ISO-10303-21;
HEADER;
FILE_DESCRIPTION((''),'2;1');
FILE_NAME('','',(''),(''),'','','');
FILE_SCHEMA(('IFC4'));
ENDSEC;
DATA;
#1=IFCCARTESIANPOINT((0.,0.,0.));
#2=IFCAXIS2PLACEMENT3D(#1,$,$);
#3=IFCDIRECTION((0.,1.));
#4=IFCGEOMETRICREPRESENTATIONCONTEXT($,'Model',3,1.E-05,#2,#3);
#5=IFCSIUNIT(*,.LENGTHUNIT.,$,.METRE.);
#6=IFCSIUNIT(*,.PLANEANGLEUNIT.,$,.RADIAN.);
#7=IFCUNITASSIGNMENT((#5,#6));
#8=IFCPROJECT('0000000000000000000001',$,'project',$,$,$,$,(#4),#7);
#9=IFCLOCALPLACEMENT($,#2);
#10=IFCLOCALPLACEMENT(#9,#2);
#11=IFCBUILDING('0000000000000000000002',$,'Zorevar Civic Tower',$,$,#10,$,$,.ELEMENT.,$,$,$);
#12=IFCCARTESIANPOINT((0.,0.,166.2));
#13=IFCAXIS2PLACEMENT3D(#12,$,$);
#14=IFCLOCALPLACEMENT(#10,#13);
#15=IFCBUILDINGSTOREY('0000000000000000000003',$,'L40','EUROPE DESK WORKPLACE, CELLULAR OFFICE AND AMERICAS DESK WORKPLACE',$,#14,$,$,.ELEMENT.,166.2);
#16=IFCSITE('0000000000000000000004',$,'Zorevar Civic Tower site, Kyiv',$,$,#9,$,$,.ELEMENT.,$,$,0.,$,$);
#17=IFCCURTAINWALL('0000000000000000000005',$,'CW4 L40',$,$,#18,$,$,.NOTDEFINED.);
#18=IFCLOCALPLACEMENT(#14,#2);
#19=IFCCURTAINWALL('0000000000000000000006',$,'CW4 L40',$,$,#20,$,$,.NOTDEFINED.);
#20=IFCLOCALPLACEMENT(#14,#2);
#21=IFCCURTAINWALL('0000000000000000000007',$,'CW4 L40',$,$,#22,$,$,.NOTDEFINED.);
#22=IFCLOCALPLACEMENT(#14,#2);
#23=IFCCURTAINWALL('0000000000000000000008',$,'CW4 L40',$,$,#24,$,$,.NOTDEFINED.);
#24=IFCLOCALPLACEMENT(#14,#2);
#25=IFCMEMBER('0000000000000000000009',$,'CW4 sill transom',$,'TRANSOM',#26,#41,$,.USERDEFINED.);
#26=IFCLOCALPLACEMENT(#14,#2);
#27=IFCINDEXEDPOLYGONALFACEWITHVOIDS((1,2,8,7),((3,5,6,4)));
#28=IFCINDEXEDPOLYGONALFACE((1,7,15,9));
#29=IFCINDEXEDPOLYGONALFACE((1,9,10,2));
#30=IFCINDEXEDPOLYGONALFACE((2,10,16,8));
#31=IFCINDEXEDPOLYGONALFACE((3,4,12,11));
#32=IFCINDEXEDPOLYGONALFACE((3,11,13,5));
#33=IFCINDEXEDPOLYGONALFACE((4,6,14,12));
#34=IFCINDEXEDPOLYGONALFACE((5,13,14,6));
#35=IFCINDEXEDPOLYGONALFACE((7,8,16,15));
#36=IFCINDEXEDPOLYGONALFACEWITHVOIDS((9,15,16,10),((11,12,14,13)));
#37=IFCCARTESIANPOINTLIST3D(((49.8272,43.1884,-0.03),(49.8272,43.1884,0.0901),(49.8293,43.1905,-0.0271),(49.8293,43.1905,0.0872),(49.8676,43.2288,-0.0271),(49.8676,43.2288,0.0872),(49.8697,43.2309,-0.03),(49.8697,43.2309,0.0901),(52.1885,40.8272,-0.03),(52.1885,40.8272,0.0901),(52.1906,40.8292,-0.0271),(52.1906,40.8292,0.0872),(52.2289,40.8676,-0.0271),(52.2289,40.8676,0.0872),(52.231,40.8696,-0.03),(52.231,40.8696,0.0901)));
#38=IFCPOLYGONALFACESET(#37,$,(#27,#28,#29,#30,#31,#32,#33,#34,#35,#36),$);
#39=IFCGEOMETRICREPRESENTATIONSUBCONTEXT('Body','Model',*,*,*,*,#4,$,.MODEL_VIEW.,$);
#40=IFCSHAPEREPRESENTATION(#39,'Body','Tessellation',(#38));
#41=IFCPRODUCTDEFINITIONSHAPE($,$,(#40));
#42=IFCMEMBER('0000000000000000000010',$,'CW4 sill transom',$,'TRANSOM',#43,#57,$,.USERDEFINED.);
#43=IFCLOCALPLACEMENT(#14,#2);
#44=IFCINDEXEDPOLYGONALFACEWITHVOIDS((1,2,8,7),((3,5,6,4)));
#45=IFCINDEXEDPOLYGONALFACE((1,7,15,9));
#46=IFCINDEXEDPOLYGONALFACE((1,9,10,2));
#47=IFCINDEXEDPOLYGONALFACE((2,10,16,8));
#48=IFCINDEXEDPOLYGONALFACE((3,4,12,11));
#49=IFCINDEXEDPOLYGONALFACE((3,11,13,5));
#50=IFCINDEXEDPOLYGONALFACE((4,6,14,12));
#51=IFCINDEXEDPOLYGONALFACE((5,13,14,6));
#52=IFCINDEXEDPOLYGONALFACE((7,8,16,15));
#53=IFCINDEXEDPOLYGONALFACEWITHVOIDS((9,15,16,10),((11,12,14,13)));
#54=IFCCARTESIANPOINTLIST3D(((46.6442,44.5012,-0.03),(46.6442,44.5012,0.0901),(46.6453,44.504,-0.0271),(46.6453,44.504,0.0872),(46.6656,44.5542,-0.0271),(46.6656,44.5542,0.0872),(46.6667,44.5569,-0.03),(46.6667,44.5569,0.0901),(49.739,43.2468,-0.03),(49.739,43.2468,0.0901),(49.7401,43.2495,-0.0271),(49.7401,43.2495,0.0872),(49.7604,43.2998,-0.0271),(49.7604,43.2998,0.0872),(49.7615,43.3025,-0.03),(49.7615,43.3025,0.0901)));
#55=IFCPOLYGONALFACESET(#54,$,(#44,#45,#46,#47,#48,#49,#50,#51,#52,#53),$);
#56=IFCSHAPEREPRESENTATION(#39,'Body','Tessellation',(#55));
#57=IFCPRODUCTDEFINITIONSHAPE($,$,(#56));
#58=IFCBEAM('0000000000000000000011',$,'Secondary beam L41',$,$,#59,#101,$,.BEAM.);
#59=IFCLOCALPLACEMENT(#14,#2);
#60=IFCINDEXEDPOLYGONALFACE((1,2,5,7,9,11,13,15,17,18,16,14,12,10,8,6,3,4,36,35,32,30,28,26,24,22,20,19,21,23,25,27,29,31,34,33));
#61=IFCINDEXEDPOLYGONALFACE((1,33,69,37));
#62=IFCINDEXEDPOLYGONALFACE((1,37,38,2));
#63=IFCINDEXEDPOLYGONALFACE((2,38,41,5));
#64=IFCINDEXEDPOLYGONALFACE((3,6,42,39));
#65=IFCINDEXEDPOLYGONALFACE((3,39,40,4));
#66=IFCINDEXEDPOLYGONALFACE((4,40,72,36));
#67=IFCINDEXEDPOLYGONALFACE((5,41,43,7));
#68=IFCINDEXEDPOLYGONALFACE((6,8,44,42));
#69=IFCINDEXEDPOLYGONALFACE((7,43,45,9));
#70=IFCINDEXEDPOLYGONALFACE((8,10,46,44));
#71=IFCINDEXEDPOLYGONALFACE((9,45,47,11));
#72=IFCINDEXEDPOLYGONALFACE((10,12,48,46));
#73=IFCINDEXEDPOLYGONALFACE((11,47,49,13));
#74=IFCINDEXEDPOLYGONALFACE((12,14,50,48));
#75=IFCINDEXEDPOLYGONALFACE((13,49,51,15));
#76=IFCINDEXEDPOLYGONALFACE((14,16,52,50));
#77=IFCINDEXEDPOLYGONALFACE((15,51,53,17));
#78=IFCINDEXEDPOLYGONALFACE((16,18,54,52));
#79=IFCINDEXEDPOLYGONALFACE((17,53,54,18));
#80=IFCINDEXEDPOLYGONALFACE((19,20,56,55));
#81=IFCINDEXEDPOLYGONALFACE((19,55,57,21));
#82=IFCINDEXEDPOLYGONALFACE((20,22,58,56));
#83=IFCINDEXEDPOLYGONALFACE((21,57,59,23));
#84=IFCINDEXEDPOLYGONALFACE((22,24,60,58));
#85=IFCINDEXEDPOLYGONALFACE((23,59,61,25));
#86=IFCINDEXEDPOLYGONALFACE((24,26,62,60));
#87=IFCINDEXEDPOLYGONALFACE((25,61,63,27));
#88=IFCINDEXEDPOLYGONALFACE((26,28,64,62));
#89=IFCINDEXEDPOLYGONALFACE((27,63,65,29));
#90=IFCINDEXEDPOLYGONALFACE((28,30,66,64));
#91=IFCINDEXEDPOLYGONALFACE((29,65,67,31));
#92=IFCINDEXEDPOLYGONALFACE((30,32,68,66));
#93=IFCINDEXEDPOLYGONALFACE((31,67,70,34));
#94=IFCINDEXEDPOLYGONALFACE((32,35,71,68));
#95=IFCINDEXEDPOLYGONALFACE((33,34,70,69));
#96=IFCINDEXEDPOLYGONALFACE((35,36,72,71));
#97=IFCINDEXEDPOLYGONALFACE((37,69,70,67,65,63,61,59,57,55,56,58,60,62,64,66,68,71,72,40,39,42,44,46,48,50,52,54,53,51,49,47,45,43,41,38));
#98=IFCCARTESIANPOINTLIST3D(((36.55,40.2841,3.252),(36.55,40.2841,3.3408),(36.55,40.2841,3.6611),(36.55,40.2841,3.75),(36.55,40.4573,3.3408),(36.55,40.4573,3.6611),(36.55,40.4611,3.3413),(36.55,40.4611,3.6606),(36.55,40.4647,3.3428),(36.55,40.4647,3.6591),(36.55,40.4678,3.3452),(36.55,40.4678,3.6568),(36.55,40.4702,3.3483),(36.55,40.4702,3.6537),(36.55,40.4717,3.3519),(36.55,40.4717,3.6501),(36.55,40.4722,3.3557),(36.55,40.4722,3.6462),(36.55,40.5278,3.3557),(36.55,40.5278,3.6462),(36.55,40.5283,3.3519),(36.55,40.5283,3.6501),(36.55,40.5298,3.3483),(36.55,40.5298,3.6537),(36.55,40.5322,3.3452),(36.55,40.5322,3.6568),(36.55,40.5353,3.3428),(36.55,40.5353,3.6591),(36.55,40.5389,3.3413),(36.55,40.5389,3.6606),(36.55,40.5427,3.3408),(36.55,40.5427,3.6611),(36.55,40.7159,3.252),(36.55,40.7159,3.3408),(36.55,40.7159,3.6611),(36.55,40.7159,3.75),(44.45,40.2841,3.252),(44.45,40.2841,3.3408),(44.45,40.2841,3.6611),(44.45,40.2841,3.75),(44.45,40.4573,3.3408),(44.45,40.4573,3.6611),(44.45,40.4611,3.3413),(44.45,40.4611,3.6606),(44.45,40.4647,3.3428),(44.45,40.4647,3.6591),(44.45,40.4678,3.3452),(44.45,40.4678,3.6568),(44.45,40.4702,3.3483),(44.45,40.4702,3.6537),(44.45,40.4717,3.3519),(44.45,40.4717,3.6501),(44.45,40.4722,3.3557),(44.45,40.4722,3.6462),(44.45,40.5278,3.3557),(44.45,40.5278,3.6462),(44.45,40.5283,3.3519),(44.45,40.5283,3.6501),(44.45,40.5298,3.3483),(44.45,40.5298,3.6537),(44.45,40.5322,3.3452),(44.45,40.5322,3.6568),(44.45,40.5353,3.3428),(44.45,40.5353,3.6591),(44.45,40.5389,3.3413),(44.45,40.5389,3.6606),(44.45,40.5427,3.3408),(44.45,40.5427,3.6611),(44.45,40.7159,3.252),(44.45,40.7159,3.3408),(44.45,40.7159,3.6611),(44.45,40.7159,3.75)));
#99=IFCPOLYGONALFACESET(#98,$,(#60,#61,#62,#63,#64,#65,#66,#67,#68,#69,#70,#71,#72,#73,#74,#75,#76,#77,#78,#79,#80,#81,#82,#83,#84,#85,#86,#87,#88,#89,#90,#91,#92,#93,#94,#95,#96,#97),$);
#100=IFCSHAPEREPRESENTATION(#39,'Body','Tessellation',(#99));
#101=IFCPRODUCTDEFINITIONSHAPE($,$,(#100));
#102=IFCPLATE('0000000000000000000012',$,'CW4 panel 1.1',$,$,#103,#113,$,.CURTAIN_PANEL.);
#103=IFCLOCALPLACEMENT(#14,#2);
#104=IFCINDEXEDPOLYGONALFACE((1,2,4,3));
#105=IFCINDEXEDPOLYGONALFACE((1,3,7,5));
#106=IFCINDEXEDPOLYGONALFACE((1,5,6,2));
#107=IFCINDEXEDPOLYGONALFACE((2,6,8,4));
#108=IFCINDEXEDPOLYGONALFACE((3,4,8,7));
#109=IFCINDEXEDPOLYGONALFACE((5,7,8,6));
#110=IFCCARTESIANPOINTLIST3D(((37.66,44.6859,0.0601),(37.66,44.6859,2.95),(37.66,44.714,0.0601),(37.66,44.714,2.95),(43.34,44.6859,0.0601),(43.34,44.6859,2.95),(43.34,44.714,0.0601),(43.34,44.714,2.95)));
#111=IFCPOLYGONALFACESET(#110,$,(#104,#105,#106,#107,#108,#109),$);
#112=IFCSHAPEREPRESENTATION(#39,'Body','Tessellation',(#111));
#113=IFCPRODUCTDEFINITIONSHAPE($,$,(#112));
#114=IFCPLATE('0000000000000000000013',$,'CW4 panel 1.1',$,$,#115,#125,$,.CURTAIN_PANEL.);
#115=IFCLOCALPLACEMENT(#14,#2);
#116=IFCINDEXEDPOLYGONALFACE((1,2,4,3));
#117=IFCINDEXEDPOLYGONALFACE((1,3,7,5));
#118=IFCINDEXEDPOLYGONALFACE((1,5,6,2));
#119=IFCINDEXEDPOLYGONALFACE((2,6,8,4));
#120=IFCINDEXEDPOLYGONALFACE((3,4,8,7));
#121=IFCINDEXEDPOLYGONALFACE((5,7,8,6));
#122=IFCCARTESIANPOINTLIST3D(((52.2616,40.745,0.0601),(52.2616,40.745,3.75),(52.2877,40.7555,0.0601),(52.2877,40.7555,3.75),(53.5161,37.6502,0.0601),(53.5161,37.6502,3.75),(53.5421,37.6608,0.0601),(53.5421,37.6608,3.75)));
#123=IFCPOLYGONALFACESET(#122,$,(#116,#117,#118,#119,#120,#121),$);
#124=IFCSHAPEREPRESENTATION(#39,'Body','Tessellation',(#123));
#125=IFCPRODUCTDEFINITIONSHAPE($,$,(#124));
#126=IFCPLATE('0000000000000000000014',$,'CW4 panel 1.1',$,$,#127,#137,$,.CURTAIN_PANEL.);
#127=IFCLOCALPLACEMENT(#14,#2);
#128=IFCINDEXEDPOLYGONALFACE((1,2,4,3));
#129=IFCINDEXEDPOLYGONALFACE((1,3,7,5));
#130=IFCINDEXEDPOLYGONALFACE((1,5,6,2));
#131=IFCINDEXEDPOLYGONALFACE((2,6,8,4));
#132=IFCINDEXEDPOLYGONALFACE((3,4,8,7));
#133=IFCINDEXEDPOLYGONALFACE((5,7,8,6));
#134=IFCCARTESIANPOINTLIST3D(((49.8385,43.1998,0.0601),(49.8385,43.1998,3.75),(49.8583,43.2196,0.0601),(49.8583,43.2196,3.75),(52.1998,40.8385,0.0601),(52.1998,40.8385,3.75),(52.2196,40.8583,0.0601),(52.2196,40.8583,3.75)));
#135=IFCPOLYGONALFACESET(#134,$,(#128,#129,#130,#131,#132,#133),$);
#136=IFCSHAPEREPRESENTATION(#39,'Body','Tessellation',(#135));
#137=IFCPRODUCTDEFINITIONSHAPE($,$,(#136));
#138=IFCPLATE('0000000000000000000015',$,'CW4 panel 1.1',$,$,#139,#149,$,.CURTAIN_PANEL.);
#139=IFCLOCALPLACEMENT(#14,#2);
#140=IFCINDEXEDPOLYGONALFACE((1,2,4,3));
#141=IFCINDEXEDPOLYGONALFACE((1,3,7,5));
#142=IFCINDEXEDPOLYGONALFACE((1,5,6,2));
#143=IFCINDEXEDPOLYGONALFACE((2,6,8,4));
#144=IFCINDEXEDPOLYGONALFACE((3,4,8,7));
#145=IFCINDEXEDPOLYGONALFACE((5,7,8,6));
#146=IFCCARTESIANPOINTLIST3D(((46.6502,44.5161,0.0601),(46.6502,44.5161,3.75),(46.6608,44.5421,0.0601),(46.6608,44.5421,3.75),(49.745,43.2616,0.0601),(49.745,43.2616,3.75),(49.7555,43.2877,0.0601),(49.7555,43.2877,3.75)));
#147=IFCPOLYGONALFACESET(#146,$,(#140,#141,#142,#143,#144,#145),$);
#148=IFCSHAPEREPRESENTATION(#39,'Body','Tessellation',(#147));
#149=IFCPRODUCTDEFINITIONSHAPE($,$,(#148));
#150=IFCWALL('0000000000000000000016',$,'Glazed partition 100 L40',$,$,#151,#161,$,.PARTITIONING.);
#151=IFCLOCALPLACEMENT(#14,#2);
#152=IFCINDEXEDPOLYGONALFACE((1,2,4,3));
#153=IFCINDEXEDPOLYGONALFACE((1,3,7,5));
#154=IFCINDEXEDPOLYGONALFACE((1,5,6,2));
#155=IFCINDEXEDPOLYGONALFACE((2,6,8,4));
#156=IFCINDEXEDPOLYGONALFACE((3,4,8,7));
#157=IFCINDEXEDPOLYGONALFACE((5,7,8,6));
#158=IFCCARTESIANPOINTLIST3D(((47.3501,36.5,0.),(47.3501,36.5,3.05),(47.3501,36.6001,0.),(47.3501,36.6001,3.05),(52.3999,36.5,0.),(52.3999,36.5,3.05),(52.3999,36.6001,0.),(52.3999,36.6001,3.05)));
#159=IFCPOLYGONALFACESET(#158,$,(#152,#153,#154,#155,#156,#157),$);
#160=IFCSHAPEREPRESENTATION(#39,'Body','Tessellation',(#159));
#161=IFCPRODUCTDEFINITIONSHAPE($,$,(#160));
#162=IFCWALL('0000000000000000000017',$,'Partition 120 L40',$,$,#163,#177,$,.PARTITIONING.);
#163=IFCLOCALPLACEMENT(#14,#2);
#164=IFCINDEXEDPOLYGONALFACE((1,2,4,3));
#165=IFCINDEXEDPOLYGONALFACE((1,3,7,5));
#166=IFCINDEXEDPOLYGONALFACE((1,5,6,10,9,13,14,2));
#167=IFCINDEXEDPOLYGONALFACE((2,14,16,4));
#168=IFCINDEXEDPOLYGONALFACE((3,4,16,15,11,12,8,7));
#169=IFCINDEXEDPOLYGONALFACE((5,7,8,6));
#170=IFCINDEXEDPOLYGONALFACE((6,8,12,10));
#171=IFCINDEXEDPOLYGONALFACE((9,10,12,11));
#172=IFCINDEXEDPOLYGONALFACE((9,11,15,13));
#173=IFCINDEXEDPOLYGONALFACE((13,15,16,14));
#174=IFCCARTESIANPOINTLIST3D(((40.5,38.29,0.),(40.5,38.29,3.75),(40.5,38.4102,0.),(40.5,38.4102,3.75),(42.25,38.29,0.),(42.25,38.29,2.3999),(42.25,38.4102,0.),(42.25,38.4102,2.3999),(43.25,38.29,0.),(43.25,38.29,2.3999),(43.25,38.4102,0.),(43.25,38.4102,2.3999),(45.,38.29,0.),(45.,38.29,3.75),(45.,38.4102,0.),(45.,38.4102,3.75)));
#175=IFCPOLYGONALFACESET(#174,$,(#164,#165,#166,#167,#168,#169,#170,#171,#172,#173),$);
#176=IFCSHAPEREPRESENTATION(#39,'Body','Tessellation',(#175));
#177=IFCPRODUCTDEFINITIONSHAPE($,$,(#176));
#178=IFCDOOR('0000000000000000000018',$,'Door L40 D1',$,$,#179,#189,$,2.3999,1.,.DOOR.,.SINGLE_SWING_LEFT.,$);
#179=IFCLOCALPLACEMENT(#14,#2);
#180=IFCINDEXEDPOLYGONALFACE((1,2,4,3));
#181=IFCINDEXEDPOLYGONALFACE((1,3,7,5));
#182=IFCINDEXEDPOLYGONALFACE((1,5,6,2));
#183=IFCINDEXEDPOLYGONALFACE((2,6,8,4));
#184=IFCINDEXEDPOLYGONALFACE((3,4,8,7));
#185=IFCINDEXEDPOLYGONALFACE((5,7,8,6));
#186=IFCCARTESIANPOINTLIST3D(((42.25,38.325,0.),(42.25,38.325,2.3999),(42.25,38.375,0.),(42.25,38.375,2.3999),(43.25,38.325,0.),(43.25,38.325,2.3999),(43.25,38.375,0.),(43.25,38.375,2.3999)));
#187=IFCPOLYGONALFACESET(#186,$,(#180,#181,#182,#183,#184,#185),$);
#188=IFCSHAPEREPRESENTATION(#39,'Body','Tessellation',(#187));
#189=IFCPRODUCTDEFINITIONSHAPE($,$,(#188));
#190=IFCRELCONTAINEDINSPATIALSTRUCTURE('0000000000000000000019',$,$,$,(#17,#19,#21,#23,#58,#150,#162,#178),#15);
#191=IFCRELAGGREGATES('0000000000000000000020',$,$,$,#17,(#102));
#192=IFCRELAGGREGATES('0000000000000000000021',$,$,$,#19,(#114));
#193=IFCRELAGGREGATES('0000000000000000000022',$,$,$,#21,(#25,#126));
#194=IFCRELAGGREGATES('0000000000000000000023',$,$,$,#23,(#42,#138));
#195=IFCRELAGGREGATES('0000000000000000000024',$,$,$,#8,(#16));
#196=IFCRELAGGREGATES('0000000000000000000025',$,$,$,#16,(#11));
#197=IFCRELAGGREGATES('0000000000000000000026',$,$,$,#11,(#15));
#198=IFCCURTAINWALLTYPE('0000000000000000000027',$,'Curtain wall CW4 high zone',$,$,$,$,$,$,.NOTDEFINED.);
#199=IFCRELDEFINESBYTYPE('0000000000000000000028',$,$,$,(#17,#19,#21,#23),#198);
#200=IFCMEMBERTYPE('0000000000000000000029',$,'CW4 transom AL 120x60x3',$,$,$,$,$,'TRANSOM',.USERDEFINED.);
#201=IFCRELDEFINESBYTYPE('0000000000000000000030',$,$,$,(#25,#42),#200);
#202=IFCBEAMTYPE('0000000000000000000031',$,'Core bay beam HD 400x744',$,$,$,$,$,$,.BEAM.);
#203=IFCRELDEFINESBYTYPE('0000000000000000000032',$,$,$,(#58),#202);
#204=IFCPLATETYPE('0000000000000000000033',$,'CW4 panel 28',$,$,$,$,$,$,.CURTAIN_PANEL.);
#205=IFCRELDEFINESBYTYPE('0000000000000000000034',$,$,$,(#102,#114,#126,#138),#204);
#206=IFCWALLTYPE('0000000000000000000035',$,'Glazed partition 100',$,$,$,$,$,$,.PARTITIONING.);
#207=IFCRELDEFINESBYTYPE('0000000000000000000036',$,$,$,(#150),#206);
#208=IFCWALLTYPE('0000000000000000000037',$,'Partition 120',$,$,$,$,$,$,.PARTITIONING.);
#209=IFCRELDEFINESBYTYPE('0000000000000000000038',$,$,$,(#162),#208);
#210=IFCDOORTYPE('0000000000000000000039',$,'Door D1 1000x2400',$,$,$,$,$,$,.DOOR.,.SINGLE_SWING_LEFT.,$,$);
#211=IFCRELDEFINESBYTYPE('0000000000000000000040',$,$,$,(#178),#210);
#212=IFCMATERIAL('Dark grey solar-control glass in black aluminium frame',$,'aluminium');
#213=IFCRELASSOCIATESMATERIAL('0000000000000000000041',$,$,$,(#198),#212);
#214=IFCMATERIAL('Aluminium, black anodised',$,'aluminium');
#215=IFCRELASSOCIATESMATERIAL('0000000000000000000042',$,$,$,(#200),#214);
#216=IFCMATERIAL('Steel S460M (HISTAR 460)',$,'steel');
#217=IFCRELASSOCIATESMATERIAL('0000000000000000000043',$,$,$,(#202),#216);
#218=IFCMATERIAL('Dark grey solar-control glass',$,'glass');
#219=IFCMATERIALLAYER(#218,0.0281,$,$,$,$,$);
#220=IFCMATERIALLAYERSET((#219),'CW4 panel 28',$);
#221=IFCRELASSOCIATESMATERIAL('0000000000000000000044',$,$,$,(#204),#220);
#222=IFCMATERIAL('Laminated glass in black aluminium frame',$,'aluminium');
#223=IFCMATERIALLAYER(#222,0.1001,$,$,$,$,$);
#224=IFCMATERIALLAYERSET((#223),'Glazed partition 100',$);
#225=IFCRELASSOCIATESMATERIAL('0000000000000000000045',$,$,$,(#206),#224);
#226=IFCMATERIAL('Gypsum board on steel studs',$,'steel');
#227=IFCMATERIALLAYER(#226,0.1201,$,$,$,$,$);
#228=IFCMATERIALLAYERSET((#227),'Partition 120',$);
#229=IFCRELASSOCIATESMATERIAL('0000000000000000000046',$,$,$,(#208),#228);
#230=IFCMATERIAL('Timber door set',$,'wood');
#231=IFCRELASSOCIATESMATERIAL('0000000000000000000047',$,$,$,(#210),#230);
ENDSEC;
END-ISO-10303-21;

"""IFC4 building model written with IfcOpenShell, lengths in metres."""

from ifc_helpers import new_model, si_unit, direction, frame, frame_2d, origin, origin_2d, place, context, subcontext, project, spatial, rectangle, hollow_rectangle, i_section, extrude, material, layer, layer_set, material_profile, profile_set, type_object, element, fill, aggregate, save


model = new_model("IFC4")

# Units and contexts
model_context = context("Model", 3, precision=1e-05, world=origin(), true_north=direction((0.0, 1.0)))
body_context = subcontext(model_context, "Body", "Model", "MODEL_VIEW")
ifc_project = project(units=[si_unit("LENGTHUNIT", "METRE"), si_unit("PLANEANGLEUNIT", "RADIAN")], contexts=[model_context])

# Site, building, storey
site_placement = place(None, origin())
site = spatial("IfcSite", under=ifc_project, at=site_placement, Name="Zorevar Civic Tower site, Kyiv", CompositionType="ELEMENT", RefElevation=0.0)
building_placement = place(site_placement, origin())
building = spatial("IfcBuilding", under=site, at=building_placement, Name="Zorevar Civic Tower", CompositionType="ELEMENT")
storey_placement = place(building_placement, frame((0.0, 0.0, 166.2)))
storey = spatial("IfcBuildingStorey", under=building, at=storey_placement, Name="L40", Description="EUROPE DESK WORKPLACE, CELLULAR OFFICE AND AMERICAS DESK WORKPLACE", CompositionType="ELEMENT", Elevation=166.2)

# Curtain walls
ifc_material_1 = material(Name="Dark grey solar-control glass in black aluminium frame", Category="aluminium")
curtain_wall_type = type_object("IfcCurtainWallType", Name="Curtain wall CW4 high zone", PredefinedType="NOTDEFINED", material=ifc_material_1)
curtain_wall_1_placement = place(storey_placement, origin())
curtain_wall_1 = element("IfcCurtainWall", 1, at=curtain_wall_1_placement, inside=storey, type_object=curtain_wall_type, Name="CW4 L40", PredefinedType="NOTDEFINED")
curtain_wall_2_placement = place(storey_placement, origin())
curtain_wall_2 = element("IfcCurtainWall", 2, at=curtain_wall_2_placement, inside=storey, type_object=curtain_wall_type, Name="CW4 L40", PredefinedType="NOTDEFINED")
curtain_wall_3_placement = place(storey_placement, origin())
curtain_wall_3 = element("IfcCurtainWall", 3, at=curtain_wall_3_placement, inside=storey, type_object=curtain_wall_type, Name="CW4 L40", PredefinedType="NOTDEFINED")
curtain_wall_4_placement = place(storey_placement, origin())
curtain_wall_4 = element("IfcCurtainWall", 4, at=curtain_wall_4_placement, inside=storey, type_object=curtain_wall_type, Name="CW4 L40", PredefinedType="NOTDEFINED")

# Members
ifc_material_2 = material(Name="Aluminium, black anodised", Category="aluminium")
ifc_material_profile_1 = material_profile(ifc_material_2, hollow_rectangle(XDim=0.0601, YDim=0.1201, WallThickness=0.0029, at=origin_2d()), Name="AL 120x60x3")
ifc_profile_set_1 = profile_set([ifc_material_profile_1], Name="Aluminium, black anodised")
member_type_1 = type_object("IfcMemberType", Name="CW4 transom AL 120x60x3", ElementType="TRANSOM", PredefinedType="USERDEFINED", material=ifc_profile_set_1)
member_1_placement = place(storey_placement, frame((52.2097, 40.8484, 0.03), z_axis=(-0.707107, 0.707107, 0.0), x_axis=(-0.707107, -0.707107, 0.0)))
member_1 = element("IfcMember", 5, at=member_1_placement, type_object=member_type_1, Name="CW4 sill transom", ObjectType="TRANSOM", PredefinedType="USERDEFINED", context=body_context, shape_type="SweptSolid", body=[
    extrude(hollow_rectangle(XDim=0.0601, YDim=0.1201, WallThickness=0.0029, at=origin_2d()), origin(), (0.0, 0.0, 1.0), 3.3394),
])
member_2_placement = place(storey_placement, frame((49.7502, 43.2747, 0.03), z_axis=(-0.926763, 0.375647, 0.0), x_axis=(-0.375647, -0.926763, 0.0)))
member_2 = element("IfcMember", 6, at=member_2_placement, type_object=member_type_1, Name="CW4 sill transom", ObjectType="TRANSOM", PredefinedType="USERDEFINED", context=body_context, shape_type="SweptSolid", body=[
    extrude(hollow_rectangle(XDim=0.0601, YDim=0.1201, WallThickness=0.0029, at=origin_2d()), origin(), (0.0, 0.0, 1.0), 3.3394),
])

# Beam
ifc_material_3 = material(Name="Steel S460M (HISTAR 460)", Category="steel")
ifc_material_profile_2 = material_profile(ifc_material_3, i_section(OverallWidth=0.4319, OverallDepth=0.498, WebThickness=0.0557, FlangeThickness=0.0889, FilletRadius=0.0149, at=origin_2d()), Name="HD 400x744")
ifc_profile_set_2 = profile_set([ifc_material_profile_2], Name="Steel S460M (HISTAR 460)")
beam_type = type_object("IfcBeamType", Name="Core bay beam HD 400x744", PredefinedType="BEAM", material=ifc_profile_set_2)
beam_placement = place(storey_placement, frame((36.55, 40.5, 3.501), z_axis=(1.0, 0.0, 0.0), x_axis=(0.0, 1.0, 0.0)))
element("IfcBeam", 7, at=beam_placement, inside=storey, type_object=beam_type, Name="Secondary beam L41", PredefinedType="BEAM", context=body_context, shape_type="SweptSolid", body=[
    extrude(i_section(OverallWidth=0.4319, OverallDepth=0.498, WebThickness=0.0557, FlangeThickness=0.0889, FilletRadius=0.0149, at=origin_2d()), origin(), (0.0, 0.0, 1.0), 7.8999),
])

# Plates
ifc_material_4 = material(Name="Dark grey solar-control glass", Category="glass")
ifc_layer_1 = layer(ifc_material_4, 0.0281)
ifc_layer_set_1 = layer_set([ifc_layer_1], Name="CW4 panel 28")
plate_type = type_object("IfcPlateType", Name="CW4 panel 28", PredefinedType="CURTAIN_PANEL", material=ifc_layer_set_1)
plate_1_placement = place(storey_placement, frame((40.5, 44.7, 0.0601), z_axis=(0.0, 0.0, 1.0), x_axis=(1.0, 0.0, 0.0)))
plate_1 = element("IfcPlate", 8, at=plate_1_placement, type_object=plate_type, Name="CW4 panel 1.1", PredefinedType="CURTAIN_PANEL", context=body_context, shape_type="SweptSolid", body=[
    extrude(rectangle(XDim=5.6799, YDim=0.0281, at=origin_2d()), origin(), (0.0, 0.0, 1.0), 2.8899),
])
aggregate(curtain_wall_1, [plate_1])
plate_2_placement = place(storey_placement, frame((52.9019, 39.2029, 0.0601), z_axis=(0.0, 0.0, 1.0), x_axis=(-0.37565, 0.926762, 0.0)))
plate_2 = element("IfcPlate", 9, at=plate_2_placement, type_object=plate_type, Name="CW4 panel 1.1", PredefinedType="CURTAIN_PANEL", context=body_context, shape_type="SweptSolid", body=[
    extrude(rectangle(XDim=3.3394, YDim=0.0281, at=origin_2d()), origin(), (0.0, 0.0, 1.0), 3.6899),
])
aggregate(curtain_wall_2, [plate_2])
plate_3_placement = place(storey_placement, frame((51.0291, 42.0291, 0.0601), z_axis=(0.0, 0.0, 1.0), x_axis=(-0.707107, 0.707107, 0.0)))
plate_3 = element("IfcPlate", 10, at=plate_3_placement, type_object=plate_type, Name="CW4 panel 1.1", PredefinedType="CURTAIN_PANEL", context=body_context, shape_type="SweptSolid", body=[
    extrude(rectangle(XDim=3.3394, YDim=0.0281, at=origin_2d()), origin(), (0.0, 0.0, 1.0), 3.6899),
])
aggregate(curtain_wall_3, [member_1, plate_3])
plate_4_placement = place(storey_placement, frame((48.2029, 43.9019, 0.0601), z_axis=(0.0, 0.0, 1.0), x_axis=(-0.926762, 0.37565, 0.0)))
plate_4 = element("IfcPlate", 11, at=plate_4_placement, type_object=plate_type, Name="CW4 panel 1.1", PredefinedType="CURTAIN_PANEL", context=body_context, shape_type="SweptSolid", body=[
    extrude(rectangle(XDim=3.3394, YDim=0.0281, at=origin_2d()), origin(), (0.0, 0.0, 1.0), 3.6899),
])
aggregate(curtain_wall_4, [member_2, plate_4])

# Wall
ifc_material_5 = material(Name="Laminated glass in black aluminium frame", Category="aluminium")
ifc_layer_2 = layer(ifc_material_5, 0.1001)
ifc_layer_set_2 = layer_set([ifc_layer_2], Name="Glazed partition 100")
wall_type_1 = type_object("IfcWallType", Name="Glazed partition 100", PredefinedType="PARTITIONING", material=ifc_layer_set_2)
wall_1_placement = place(storey_placement, frame((47.3501, 36.55, 0.0), z_axis=(0.0, 0.0, 1.0), x_axis=(1.0, 0.0, 0.0)))
element("IfcWall", 12, at=wall_1_placement, inside=storey, type_object=wall_type_1, Name="Glazed partition 100 L40", PredefinedType="PARTITIONING", context=body_context, shape_type="SweptSolid", body=[
    extrude(rectangle(XDim=5.0498, YDim=0.1001, at=frame_2d((2.5249, 0.0))), origin(), (0.0, 0.0, 1.0), 3.05),
])

# Wall, opening, door
ifc_material_6 = material(Name="Gypsum board on steel studs", Category="steel")
ifc_layer_3 = layer(ifc_material_6, 0.1201)
ifc_layer_set_3 = layer_set([ifc_layer_3], Name="Partition 120")
wall_type_2 = type_object("IfcWallType", Name="Partition 120", PredefinedType="PARTITIONING", material=ifc_layer_set_3)
wall_2_placement = place(storey_placement, frame((40.5, 38.3501, 0.0), z_axis=(0.0, 0.0, 1.0), x_axis=(1.0, 0.0, 0.0)))
wall_2 = element("IfcWall", 13, at=wall_2_placement, inside=storey, type_object=wall_type_2, Name="Partition 120 L40", PredefinedType="PARTITIONING", context=body_context, shape_type="SweptSolid", body=[
    extrude(rectangle(XDim=4.5, YDim=0.1201, at=frame_2d((2.25, 0.0))), origin(), (0.0, 0.0, 1.0), 3.75),
])
opening_1_placement = place(wall_2_placement, frame((1.75, 0.0, 0.0)))
opening_1 = element("IfcOpeningElement", 14, at=opening_1_placement, cuts=wall_2, PredefinedType="OPENING", context=body_context, shape_type="SweptSolid", body=[
    extrude(rectangle(XDim=1.0, YDim=2.3999, at=frame_2d((0.5, 1.2))), frame((0.0, 0.0701, 0.0), z_axis=(0.0, -1.0, 0.0), x_axis=(1.0, 0.0, 0.0)), (0.0, 0.0, 1.0), 0.1401),
])
ifc_material_7 = material(Name="Timber door set", Category="wood")
door_type_1 = type_object("IfcDoorType", Name="Door D1 1000x2400", OperationType="SINGLE_SWING_LEFT", PredefinedType="DOOR", material=ifc_material_7)
door_1_placement = place(opening_1_placement, origin())
door_1 = element("IfcDoor", 15, at=door_1_placement, inside=storey, type_object=door_type_1, Name="Door L40 D1", OperationType="SINGLE_SWING_LEFT", OverallHeight=2.3999, OverallWidth=1.0, PredefinedType="DOOR", context=body_context, shape_type="SweptSolid", body=[
    extrude(rectangle(XDim=1.0, YDim=2.3999, at=frame_2d((0.5, 1.2))), frame((0.0, 0.0249, 0.0), z_axis=(0.0, -1.0, 0.0), x_axis=(1.0, 0.0, 0.0)), (0.0, 0.0, 1.0), 0.05),
])
fill(opening_1, door_1)

save(model, "model.ifc")
